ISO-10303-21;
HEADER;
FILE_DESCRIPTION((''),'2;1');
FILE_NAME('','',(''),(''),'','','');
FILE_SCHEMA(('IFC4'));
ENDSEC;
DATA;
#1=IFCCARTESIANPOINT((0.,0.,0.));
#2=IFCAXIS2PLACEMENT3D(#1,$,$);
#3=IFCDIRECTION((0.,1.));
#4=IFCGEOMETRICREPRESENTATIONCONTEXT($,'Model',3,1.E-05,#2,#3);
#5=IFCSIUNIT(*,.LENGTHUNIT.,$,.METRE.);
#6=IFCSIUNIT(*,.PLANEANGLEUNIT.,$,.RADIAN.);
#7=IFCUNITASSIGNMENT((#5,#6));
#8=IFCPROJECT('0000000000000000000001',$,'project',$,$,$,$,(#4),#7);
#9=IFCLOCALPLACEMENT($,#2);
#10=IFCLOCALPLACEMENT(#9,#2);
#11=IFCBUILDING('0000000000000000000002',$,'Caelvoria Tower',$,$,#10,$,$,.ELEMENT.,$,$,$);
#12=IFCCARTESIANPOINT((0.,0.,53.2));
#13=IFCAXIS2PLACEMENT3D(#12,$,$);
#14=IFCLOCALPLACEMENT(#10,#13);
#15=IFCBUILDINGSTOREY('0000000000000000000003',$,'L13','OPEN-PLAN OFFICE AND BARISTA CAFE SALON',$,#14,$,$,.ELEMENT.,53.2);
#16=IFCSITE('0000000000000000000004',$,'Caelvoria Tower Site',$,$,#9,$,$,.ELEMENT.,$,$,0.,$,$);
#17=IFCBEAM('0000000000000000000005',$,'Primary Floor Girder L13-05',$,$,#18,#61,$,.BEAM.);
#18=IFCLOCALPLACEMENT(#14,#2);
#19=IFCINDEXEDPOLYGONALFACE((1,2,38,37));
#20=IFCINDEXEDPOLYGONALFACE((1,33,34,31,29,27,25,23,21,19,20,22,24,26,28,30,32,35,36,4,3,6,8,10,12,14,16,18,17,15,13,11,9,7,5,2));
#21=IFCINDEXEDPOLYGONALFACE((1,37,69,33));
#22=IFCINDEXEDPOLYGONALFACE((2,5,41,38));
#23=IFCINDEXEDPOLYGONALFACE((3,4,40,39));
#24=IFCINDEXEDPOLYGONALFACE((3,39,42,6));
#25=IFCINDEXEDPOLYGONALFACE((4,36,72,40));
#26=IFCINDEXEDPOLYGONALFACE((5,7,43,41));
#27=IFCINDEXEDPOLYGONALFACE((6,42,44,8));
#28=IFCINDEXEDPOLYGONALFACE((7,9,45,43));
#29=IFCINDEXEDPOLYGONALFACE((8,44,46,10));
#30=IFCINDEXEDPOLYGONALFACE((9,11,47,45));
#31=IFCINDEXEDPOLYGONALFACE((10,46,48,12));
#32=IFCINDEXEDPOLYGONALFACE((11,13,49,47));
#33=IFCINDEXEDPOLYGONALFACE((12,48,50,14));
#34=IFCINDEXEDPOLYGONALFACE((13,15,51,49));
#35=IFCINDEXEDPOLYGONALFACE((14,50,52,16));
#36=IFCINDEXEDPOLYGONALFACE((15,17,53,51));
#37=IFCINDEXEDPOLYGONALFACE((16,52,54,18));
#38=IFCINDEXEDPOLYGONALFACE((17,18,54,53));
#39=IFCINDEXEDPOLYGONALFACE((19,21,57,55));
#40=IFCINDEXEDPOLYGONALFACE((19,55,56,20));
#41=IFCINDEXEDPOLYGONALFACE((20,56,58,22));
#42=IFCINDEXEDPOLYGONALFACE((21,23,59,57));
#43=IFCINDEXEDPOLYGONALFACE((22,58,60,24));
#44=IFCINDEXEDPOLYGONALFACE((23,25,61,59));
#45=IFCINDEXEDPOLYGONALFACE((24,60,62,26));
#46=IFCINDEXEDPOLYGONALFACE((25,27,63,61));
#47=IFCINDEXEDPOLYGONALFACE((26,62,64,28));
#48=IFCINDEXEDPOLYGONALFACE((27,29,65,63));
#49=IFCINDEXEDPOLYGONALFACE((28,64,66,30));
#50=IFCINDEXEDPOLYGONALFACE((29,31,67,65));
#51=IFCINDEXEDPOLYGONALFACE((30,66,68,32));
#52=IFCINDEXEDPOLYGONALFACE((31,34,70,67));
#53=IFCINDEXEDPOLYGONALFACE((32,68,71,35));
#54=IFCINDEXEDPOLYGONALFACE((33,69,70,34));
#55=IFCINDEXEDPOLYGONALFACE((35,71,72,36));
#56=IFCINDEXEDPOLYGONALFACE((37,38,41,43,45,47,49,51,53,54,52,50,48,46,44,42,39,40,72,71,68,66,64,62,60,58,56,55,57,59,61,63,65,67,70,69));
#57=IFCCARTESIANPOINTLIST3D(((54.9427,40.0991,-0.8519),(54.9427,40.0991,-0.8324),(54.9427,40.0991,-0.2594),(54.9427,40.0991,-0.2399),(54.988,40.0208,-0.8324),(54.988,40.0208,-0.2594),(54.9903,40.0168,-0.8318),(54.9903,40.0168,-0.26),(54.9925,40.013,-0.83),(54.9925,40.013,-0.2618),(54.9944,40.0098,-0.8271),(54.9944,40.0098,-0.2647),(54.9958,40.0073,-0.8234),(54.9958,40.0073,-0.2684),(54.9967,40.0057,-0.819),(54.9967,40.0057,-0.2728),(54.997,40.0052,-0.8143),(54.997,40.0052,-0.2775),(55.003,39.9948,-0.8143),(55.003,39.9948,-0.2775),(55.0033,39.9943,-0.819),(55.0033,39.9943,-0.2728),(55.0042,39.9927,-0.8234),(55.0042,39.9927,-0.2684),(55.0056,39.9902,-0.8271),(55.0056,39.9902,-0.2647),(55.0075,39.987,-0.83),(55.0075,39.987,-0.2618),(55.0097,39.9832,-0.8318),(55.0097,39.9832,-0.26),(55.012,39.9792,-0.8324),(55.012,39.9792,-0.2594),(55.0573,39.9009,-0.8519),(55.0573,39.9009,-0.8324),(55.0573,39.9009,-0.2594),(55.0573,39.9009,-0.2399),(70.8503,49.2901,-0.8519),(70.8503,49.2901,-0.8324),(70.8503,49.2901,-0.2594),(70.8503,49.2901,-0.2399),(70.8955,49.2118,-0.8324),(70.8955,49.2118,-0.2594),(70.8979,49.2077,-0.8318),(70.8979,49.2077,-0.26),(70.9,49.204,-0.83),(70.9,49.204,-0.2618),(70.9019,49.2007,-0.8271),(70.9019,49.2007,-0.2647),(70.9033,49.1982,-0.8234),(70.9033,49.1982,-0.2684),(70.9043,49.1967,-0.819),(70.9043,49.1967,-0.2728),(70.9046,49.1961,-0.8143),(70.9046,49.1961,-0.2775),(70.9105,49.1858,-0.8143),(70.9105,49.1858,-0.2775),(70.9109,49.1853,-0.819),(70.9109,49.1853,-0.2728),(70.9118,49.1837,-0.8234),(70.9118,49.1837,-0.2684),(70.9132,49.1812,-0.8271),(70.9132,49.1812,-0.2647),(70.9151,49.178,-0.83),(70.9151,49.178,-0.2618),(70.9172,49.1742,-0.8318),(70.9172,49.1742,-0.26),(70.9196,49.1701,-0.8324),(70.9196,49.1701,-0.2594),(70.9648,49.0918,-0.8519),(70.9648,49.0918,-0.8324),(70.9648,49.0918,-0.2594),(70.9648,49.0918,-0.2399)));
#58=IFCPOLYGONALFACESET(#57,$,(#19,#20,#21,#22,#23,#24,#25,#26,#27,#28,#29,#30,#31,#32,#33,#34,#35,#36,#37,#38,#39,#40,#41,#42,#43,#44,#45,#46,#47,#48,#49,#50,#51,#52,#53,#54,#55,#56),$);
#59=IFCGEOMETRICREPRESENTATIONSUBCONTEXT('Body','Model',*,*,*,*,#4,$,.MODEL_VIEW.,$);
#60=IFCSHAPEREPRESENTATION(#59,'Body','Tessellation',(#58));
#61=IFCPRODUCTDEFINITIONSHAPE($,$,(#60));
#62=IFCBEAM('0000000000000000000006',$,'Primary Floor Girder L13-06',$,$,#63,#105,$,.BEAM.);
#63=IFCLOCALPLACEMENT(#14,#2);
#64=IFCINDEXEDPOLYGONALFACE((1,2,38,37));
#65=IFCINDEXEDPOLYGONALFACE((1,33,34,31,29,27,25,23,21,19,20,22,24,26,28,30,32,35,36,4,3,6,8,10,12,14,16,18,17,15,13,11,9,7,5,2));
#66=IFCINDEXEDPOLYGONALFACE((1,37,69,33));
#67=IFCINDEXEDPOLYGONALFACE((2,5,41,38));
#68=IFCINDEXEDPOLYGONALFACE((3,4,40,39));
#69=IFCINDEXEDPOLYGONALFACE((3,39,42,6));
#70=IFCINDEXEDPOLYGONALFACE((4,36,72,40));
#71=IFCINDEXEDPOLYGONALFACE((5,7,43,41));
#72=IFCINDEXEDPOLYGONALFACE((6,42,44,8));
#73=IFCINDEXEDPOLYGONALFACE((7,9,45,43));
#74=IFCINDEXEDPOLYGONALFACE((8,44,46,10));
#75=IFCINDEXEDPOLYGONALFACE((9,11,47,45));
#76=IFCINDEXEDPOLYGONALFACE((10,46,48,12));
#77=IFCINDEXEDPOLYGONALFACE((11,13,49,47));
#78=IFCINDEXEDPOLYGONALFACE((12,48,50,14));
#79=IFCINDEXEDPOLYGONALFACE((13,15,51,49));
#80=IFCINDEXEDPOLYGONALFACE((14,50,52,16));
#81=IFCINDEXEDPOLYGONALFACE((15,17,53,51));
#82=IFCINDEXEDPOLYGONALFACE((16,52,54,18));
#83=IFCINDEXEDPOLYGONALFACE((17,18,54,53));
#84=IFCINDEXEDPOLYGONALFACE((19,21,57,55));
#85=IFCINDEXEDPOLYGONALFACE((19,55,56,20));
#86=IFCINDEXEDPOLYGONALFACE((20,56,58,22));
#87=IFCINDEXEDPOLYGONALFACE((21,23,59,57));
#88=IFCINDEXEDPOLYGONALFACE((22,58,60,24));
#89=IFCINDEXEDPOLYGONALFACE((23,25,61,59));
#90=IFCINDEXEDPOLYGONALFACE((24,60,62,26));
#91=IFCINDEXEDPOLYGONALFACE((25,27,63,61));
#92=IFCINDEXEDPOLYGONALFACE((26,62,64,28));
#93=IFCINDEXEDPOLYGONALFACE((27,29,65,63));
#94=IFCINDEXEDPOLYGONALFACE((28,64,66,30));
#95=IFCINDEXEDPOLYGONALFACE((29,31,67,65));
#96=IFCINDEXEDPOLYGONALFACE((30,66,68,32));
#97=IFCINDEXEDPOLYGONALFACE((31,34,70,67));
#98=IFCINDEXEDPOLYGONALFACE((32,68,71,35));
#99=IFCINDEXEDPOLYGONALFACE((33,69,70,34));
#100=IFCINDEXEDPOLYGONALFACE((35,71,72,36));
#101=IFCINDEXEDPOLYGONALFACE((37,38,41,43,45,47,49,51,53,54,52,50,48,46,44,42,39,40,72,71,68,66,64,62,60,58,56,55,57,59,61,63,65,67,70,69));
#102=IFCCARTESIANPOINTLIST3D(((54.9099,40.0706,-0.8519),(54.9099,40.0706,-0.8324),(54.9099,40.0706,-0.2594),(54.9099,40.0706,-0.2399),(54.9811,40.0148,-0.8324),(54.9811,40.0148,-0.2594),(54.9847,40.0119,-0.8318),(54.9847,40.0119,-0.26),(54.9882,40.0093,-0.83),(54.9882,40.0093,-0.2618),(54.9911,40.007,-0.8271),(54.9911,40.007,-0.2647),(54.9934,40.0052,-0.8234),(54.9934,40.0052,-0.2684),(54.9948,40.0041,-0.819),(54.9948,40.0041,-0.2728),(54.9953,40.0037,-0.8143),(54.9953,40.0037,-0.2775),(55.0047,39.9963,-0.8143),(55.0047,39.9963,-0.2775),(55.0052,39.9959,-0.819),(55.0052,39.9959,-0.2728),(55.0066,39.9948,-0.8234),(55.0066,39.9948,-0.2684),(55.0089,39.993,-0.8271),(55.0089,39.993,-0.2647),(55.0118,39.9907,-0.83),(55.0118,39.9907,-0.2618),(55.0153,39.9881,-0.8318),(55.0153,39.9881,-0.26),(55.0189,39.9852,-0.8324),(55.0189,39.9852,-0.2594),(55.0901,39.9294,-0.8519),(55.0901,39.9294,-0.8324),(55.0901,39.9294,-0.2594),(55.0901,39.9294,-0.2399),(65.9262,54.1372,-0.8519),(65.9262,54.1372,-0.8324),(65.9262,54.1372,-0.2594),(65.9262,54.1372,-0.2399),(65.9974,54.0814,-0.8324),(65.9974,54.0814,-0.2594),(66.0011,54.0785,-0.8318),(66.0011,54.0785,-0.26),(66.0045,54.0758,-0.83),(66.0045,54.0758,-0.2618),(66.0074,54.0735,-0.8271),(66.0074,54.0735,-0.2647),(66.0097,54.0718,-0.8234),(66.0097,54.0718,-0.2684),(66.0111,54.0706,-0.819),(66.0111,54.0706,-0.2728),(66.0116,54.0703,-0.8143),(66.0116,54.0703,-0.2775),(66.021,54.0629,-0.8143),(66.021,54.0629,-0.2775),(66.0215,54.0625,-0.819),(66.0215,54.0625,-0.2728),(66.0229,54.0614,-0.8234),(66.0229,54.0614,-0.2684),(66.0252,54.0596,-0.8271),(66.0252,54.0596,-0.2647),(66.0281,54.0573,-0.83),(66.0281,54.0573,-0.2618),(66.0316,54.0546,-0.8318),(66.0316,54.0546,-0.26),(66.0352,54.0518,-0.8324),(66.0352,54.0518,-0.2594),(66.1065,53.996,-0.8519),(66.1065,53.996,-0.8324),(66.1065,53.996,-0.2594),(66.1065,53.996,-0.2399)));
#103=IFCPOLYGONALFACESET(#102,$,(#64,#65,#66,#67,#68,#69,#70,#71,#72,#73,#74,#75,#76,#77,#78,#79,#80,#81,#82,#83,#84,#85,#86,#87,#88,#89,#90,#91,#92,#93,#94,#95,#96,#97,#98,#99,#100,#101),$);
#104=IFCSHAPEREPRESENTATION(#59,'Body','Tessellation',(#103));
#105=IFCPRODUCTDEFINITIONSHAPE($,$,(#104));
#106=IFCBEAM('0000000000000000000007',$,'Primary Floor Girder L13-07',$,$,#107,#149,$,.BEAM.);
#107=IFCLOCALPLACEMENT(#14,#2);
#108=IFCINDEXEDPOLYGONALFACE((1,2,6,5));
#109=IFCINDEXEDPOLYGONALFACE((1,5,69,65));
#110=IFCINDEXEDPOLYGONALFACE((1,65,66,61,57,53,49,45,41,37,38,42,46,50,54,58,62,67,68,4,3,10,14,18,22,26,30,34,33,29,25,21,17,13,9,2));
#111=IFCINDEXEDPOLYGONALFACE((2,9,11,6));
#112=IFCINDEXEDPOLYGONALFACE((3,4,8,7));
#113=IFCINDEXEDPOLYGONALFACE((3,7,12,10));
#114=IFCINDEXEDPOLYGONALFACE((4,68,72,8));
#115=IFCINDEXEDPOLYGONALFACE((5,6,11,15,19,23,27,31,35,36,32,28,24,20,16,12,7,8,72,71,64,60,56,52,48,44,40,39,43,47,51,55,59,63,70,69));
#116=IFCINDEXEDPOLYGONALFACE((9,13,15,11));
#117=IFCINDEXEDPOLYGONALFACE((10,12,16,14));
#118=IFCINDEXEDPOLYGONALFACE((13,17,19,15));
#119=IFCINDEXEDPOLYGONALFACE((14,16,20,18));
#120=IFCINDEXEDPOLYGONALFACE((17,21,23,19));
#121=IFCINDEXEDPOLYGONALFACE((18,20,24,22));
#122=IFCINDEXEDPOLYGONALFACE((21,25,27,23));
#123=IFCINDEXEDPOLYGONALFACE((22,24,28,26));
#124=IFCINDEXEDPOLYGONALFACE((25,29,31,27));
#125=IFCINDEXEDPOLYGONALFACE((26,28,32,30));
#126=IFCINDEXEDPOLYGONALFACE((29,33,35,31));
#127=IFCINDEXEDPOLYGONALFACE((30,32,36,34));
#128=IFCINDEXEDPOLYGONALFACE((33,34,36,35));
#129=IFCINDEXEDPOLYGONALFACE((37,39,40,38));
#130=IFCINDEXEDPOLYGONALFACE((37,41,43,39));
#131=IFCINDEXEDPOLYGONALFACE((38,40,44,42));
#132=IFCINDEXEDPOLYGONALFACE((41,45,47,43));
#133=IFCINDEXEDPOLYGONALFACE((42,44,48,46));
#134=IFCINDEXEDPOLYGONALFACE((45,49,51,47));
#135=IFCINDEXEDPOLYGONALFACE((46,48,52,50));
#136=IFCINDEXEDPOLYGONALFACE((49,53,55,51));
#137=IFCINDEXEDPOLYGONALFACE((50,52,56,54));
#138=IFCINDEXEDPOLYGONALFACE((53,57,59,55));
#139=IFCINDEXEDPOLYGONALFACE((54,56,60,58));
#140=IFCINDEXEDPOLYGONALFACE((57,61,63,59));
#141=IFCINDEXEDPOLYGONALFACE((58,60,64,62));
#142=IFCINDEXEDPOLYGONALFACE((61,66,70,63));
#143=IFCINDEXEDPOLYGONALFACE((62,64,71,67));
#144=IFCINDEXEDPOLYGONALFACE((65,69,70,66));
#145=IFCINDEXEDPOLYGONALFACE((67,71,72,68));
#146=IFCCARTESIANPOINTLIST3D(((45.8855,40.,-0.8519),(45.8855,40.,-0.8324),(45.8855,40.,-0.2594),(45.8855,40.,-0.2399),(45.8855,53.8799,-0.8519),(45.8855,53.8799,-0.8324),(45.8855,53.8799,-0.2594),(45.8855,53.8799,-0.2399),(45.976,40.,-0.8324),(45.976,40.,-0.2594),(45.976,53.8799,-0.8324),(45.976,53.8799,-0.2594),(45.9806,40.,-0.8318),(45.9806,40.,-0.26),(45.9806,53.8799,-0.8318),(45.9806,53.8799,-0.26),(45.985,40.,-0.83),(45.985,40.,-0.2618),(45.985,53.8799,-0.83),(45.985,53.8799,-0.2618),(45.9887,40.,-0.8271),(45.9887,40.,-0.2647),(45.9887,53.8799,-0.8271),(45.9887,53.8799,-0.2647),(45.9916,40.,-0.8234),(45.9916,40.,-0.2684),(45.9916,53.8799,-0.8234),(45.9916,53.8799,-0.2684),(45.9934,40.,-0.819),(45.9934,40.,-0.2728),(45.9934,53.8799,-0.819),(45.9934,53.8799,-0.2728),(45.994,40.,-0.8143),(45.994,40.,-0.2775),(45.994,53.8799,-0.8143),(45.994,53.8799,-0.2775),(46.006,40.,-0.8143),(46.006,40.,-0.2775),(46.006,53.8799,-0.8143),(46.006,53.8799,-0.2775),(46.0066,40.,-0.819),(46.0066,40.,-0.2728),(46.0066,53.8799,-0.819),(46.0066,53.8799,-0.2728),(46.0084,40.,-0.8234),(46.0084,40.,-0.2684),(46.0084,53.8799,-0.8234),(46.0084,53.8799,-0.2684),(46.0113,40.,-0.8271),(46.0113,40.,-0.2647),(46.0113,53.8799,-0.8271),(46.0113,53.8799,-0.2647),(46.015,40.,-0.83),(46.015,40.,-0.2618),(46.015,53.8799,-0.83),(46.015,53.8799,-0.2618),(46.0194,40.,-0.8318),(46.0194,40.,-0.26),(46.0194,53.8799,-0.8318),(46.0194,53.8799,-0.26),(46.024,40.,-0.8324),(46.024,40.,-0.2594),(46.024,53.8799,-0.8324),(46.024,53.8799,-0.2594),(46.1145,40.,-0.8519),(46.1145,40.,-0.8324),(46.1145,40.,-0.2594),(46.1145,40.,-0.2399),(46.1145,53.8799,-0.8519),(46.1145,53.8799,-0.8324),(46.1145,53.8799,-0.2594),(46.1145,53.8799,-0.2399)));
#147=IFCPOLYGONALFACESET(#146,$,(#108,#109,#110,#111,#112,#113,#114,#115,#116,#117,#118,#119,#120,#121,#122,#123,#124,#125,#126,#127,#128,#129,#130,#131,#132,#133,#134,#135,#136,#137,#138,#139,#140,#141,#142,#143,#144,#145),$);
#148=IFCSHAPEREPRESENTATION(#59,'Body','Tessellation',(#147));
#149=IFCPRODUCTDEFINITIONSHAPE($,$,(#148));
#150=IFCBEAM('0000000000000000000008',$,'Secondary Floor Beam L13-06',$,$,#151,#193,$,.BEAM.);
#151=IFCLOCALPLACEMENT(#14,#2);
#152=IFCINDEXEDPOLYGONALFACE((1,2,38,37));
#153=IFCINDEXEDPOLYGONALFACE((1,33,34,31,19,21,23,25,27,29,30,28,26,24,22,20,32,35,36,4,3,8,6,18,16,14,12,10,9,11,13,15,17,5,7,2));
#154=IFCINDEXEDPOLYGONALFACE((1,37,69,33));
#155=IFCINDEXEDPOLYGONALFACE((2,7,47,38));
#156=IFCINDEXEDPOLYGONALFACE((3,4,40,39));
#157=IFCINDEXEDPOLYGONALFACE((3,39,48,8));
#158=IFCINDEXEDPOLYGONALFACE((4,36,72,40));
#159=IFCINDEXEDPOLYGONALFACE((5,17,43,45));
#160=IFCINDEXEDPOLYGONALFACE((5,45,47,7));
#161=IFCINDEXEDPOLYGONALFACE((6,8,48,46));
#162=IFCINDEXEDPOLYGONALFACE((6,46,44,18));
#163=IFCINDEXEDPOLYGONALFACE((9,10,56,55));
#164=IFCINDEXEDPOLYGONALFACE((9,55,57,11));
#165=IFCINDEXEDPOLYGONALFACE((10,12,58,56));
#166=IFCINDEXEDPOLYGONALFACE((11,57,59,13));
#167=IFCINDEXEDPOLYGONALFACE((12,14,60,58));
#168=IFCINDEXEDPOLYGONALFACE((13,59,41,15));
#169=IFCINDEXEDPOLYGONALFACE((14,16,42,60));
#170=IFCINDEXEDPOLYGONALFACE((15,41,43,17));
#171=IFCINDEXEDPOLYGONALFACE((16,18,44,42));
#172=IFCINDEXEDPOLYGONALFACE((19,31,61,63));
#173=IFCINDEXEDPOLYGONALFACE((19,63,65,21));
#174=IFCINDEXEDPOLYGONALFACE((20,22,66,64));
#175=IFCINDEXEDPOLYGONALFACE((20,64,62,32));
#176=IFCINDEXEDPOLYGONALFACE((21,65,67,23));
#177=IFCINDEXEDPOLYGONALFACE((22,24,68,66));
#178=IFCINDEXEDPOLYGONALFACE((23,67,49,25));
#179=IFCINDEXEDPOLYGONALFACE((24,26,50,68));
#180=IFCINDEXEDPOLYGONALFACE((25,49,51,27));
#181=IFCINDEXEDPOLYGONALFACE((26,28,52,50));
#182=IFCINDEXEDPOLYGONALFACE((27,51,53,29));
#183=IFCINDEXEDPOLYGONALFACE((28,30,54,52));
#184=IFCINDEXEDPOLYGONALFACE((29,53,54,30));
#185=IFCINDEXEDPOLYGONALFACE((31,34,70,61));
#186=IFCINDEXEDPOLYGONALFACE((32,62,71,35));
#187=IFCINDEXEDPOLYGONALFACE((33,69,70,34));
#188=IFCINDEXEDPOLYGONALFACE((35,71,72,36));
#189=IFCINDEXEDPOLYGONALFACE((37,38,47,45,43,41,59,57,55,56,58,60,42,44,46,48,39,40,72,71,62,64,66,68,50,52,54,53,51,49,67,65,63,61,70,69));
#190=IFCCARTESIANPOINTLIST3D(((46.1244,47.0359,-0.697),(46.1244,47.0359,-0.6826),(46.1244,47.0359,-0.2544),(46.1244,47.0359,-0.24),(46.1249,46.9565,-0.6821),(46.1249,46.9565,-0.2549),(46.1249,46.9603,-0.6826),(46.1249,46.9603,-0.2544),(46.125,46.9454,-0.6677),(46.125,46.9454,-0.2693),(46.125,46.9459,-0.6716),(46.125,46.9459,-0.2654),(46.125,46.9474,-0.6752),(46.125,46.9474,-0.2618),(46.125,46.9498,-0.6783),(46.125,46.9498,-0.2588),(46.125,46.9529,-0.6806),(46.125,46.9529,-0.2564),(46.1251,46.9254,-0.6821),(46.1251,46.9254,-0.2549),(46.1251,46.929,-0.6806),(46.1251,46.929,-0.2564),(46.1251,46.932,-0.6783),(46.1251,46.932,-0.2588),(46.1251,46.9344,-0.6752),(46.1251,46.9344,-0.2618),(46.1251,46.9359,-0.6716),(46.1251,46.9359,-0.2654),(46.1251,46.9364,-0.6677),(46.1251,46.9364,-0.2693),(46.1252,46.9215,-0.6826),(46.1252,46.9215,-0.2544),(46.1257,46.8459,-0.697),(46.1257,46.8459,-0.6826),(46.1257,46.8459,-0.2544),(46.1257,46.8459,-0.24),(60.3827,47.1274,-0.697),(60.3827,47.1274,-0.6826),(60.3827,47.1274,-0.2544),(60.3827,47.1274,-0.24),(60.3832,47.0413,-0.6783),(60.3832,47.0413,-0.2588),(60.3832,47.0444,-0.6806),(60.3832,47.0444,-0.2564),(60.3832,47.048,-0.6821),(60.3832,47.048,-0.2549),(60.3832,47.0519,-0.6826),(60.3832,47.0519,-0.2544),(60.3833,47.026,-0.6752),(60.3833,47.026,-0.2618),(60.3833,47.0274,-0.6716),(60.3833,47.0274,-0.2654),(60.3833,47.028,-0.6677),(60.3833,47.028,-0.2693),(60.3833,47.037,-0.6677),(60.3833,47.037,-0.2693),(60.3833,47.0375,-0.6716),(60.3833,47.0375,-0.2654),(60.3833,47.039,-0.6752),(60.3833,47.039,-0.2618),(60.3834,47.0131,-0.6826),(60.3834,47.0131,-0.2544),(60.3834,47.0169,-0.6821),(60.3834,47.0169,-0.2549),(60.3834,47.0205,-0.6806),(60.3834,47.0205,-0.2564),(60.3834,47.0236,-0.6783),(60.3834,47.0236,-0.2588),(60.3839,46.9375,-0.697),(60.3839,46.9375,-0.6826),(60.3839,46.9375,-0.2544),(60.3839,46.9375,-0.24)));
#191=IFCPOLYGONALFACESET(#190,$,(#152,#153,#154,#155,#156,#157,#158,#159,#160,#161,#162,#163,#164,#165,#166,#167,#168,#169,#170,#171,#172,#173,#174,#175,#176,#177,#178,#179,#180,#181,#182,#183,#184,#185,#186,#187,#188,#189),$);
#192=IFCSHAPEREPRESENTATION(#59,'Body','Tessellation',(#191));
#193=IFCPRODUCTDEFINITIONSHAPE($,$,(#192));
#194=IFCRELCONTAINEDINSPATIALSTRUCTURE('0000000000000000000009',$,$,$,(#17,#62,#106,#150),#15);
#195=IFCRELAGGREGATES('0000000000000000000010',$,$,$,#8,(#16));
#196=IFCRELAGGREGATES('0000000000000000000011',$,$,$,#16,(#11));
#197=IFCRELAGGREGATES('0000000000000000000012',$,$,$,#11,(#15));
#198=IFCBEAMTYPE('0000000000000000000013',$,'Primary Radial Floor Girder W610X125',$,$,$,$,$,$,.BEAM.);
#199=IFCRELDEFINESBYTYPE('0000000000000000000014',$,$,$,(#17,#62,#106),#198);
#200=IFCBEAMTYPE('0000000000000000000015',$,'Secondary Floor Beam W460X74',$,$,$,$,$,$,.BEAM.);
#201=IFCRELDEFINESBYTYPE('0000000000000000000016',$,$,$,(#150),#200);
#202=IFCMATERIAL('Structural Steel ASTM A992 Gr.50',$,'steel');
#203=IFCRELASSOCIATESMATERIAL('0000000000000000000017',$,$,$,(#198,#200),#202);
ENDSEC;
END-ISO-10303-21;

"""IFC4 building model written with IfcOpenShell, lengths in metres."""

from ifc_helpers import new_model, si_unit, direction, frame, origin, origin_2d, place, context, subcontext, project, spatial, i_section, extrude, material, material_profile, profile_set, type_object, element, save


model = new_model("IFC4")

# Units and contexts
model_context = context("Model", 3, precision=1e-05, world=origin(), true_north=direction((0.0, 1.0)))
body_context = subcontext(model_context, "Body", "Model", "MODEL_VIEW")
ifc_project = project(units=[si_unit("LENGTHUNIT", "METRE"), si_unit("PLANEANGLEUNIT", "RADIAN")], contexts=[model_context])

# Site, building, storey
site_placement = place(None, origin())
site = spatial("IfcSite", under=ifc_project, at=site_placement, Name="Caelvoria Tower Site", CompositionType="ELEMENT", RefElevation=0.0)
building_placement = place(site_placement, origin())
building = spatial("IfcBuilding", under=site, at=building_placement, Name="Caelvoria Tower", CompositionType="ELEMENT")
storey_placement = place(building_placement, frame((0.0, 0.0, 53.2)))
storey = spatial("IfcBuildingStorey", under=building, at=storey_placement, Name="L13", Description="OPEN-PLAN OFFICE AND BARISTA CAFE SALON", CompositionType="ELEMENT", Elevation=53.2)

# Beams
ifc_material_1 = material(Name="Structural Steel ASTM A992 Gr.50", Category="steel")
ifc_material_profile_1 = material_profile(ifc_material_1, i_section(OverallWidth=0.229, OverallDepth=0.6121, WebThickness=0.012, FlangeThickness=0.0195, FilletRadius=0.0181, at=origin_2d()), Name="Structural Steel ASTM A992 Gr.50")
ifc_profile_set_1 = profile_set([ifc_material_profile_1], Name="W610X125 - Structural Steel ASTM A992 Gr.50")
beam_type_1 = type_object("IfcBeamType", Name="Primary Radial Floor Girder W610X125", PredefinedType="BEAM", material=ifc_profile_set_1)
beam_1_placement = place(storey_placement, frame((55.0, 40.0, -0.5459), z_axis=(0.865867, 0.500275, 0.0), x_axis=(-0.500275, 0.865867, 0.0)))
element("IfcBeam", 1, at=beam_1_placement, inside=storey, type_object=beam_type_1, Name="Primary Floor Girder L13-05", PredefinedType="BEAM", context=body_context, shape_type="SweptSolid", body=[
    extrude(i_section(OverallWidth=0.229, OverallDepth=0.6121, WebThickness=0.012, FlangeThickness=0.0195, FilletRadius=0.0181, at=origin_2d()), origin(), (0.0, 0.0, 1.0), 18.3718),
])
beam_2_placement = place(storey_placement, frame((55.0, 40.0, -0.5459), z_axis=(0.616575, 0.787296, 0.0), x_axis=(-0.787296, 0.616575, 0.0)))
element("IfcBeam", 2, at=beam_2_placement, inside=storey, type_object=beam_type_1, Name="Primary Floor Girder L13-06", PredefinedType="BEAM", context=body_context, shape_type="SweptSolid", body=[
    extrude(i_section(OverallWidth=0.229, OverallDepth=0.6121, WebThickness=0.012, FlangeThickness=0.0195, FilletRadius=0.0181, at=origin_2d()), origin(), (0.0, 0.0, 1.0), 17.8669),
])
beam_3_placement = place(storey_placement, frame((46.0, 40.0, -0.5459), z_axis=(0.0, 1.0, 0.0), x_axis=(-1.0, 0.0, 0.0)))
element("IfcBeam", 3, at=beam_3_placement, inside=storey, type_object=beam_type_1, Name="Primary Floor Girder L13-07", PredefinedType="BEAM", context=body_context, shape_type="SweptSolid", body=[
    extrude(i_section(OverallWidth=0.229, OverallDepth=0.6121, WebThickness=0.012, FlangeThickness=0.0195, FilletRadius=0.0181, at=origin_2d()), origin(), (0.0, 0.0, 1.0), 13.8799),
])
ifc_material_profile_2 = material_profile(ifc_material_1, i_section(OverallWidth=0.1899, OverallDepth=0.457, WebThickness=0.009, FlangeThickness=0.0144, FilletRadius=0.0149, at=origin_2d()), Name="Structural Steel ASTM A992 Gr.50")
ifc_profile_set_2 = profile_set([ifc_material_profile_2], Name="W460X74 - Structural Steel ASTM A992 Gr.50")
beam_type_2 = type_object("IfcBeamType", Name="Secondary Floor Beam W460X74", PredefinedType="BEAM", material=ifc_profile_set_2)
for number, where, z_axis, x_axis, name in (
    (4, (60.3833, 47.0325, -0.4685), (-0.999979, -0.006421, 0.0), (0.006421, -0.999979, 0.0), "Secondary Floor Beam L13-06"),
):
    element("IfcBeam", number, at=place(storey_placement, frame(where, z_axis=z_axis, x_axis=x_axis)), inside=storey, type_object=beam_type_2, Name=name, PredefinedType="BEAM", context=body_context, shape_type="SweptSolid", body=[
        extrude(i_section(OverallWidth=0.1899, OverallDepth=0.457, WebThickness=0.009, FlangeThickness=0.0144, FilletRadius=0.0149, at=origin_2d()), origin(), (0.0, 0.0, 1.0), 14.2585),
    ])

save(model, "model.ifc")
